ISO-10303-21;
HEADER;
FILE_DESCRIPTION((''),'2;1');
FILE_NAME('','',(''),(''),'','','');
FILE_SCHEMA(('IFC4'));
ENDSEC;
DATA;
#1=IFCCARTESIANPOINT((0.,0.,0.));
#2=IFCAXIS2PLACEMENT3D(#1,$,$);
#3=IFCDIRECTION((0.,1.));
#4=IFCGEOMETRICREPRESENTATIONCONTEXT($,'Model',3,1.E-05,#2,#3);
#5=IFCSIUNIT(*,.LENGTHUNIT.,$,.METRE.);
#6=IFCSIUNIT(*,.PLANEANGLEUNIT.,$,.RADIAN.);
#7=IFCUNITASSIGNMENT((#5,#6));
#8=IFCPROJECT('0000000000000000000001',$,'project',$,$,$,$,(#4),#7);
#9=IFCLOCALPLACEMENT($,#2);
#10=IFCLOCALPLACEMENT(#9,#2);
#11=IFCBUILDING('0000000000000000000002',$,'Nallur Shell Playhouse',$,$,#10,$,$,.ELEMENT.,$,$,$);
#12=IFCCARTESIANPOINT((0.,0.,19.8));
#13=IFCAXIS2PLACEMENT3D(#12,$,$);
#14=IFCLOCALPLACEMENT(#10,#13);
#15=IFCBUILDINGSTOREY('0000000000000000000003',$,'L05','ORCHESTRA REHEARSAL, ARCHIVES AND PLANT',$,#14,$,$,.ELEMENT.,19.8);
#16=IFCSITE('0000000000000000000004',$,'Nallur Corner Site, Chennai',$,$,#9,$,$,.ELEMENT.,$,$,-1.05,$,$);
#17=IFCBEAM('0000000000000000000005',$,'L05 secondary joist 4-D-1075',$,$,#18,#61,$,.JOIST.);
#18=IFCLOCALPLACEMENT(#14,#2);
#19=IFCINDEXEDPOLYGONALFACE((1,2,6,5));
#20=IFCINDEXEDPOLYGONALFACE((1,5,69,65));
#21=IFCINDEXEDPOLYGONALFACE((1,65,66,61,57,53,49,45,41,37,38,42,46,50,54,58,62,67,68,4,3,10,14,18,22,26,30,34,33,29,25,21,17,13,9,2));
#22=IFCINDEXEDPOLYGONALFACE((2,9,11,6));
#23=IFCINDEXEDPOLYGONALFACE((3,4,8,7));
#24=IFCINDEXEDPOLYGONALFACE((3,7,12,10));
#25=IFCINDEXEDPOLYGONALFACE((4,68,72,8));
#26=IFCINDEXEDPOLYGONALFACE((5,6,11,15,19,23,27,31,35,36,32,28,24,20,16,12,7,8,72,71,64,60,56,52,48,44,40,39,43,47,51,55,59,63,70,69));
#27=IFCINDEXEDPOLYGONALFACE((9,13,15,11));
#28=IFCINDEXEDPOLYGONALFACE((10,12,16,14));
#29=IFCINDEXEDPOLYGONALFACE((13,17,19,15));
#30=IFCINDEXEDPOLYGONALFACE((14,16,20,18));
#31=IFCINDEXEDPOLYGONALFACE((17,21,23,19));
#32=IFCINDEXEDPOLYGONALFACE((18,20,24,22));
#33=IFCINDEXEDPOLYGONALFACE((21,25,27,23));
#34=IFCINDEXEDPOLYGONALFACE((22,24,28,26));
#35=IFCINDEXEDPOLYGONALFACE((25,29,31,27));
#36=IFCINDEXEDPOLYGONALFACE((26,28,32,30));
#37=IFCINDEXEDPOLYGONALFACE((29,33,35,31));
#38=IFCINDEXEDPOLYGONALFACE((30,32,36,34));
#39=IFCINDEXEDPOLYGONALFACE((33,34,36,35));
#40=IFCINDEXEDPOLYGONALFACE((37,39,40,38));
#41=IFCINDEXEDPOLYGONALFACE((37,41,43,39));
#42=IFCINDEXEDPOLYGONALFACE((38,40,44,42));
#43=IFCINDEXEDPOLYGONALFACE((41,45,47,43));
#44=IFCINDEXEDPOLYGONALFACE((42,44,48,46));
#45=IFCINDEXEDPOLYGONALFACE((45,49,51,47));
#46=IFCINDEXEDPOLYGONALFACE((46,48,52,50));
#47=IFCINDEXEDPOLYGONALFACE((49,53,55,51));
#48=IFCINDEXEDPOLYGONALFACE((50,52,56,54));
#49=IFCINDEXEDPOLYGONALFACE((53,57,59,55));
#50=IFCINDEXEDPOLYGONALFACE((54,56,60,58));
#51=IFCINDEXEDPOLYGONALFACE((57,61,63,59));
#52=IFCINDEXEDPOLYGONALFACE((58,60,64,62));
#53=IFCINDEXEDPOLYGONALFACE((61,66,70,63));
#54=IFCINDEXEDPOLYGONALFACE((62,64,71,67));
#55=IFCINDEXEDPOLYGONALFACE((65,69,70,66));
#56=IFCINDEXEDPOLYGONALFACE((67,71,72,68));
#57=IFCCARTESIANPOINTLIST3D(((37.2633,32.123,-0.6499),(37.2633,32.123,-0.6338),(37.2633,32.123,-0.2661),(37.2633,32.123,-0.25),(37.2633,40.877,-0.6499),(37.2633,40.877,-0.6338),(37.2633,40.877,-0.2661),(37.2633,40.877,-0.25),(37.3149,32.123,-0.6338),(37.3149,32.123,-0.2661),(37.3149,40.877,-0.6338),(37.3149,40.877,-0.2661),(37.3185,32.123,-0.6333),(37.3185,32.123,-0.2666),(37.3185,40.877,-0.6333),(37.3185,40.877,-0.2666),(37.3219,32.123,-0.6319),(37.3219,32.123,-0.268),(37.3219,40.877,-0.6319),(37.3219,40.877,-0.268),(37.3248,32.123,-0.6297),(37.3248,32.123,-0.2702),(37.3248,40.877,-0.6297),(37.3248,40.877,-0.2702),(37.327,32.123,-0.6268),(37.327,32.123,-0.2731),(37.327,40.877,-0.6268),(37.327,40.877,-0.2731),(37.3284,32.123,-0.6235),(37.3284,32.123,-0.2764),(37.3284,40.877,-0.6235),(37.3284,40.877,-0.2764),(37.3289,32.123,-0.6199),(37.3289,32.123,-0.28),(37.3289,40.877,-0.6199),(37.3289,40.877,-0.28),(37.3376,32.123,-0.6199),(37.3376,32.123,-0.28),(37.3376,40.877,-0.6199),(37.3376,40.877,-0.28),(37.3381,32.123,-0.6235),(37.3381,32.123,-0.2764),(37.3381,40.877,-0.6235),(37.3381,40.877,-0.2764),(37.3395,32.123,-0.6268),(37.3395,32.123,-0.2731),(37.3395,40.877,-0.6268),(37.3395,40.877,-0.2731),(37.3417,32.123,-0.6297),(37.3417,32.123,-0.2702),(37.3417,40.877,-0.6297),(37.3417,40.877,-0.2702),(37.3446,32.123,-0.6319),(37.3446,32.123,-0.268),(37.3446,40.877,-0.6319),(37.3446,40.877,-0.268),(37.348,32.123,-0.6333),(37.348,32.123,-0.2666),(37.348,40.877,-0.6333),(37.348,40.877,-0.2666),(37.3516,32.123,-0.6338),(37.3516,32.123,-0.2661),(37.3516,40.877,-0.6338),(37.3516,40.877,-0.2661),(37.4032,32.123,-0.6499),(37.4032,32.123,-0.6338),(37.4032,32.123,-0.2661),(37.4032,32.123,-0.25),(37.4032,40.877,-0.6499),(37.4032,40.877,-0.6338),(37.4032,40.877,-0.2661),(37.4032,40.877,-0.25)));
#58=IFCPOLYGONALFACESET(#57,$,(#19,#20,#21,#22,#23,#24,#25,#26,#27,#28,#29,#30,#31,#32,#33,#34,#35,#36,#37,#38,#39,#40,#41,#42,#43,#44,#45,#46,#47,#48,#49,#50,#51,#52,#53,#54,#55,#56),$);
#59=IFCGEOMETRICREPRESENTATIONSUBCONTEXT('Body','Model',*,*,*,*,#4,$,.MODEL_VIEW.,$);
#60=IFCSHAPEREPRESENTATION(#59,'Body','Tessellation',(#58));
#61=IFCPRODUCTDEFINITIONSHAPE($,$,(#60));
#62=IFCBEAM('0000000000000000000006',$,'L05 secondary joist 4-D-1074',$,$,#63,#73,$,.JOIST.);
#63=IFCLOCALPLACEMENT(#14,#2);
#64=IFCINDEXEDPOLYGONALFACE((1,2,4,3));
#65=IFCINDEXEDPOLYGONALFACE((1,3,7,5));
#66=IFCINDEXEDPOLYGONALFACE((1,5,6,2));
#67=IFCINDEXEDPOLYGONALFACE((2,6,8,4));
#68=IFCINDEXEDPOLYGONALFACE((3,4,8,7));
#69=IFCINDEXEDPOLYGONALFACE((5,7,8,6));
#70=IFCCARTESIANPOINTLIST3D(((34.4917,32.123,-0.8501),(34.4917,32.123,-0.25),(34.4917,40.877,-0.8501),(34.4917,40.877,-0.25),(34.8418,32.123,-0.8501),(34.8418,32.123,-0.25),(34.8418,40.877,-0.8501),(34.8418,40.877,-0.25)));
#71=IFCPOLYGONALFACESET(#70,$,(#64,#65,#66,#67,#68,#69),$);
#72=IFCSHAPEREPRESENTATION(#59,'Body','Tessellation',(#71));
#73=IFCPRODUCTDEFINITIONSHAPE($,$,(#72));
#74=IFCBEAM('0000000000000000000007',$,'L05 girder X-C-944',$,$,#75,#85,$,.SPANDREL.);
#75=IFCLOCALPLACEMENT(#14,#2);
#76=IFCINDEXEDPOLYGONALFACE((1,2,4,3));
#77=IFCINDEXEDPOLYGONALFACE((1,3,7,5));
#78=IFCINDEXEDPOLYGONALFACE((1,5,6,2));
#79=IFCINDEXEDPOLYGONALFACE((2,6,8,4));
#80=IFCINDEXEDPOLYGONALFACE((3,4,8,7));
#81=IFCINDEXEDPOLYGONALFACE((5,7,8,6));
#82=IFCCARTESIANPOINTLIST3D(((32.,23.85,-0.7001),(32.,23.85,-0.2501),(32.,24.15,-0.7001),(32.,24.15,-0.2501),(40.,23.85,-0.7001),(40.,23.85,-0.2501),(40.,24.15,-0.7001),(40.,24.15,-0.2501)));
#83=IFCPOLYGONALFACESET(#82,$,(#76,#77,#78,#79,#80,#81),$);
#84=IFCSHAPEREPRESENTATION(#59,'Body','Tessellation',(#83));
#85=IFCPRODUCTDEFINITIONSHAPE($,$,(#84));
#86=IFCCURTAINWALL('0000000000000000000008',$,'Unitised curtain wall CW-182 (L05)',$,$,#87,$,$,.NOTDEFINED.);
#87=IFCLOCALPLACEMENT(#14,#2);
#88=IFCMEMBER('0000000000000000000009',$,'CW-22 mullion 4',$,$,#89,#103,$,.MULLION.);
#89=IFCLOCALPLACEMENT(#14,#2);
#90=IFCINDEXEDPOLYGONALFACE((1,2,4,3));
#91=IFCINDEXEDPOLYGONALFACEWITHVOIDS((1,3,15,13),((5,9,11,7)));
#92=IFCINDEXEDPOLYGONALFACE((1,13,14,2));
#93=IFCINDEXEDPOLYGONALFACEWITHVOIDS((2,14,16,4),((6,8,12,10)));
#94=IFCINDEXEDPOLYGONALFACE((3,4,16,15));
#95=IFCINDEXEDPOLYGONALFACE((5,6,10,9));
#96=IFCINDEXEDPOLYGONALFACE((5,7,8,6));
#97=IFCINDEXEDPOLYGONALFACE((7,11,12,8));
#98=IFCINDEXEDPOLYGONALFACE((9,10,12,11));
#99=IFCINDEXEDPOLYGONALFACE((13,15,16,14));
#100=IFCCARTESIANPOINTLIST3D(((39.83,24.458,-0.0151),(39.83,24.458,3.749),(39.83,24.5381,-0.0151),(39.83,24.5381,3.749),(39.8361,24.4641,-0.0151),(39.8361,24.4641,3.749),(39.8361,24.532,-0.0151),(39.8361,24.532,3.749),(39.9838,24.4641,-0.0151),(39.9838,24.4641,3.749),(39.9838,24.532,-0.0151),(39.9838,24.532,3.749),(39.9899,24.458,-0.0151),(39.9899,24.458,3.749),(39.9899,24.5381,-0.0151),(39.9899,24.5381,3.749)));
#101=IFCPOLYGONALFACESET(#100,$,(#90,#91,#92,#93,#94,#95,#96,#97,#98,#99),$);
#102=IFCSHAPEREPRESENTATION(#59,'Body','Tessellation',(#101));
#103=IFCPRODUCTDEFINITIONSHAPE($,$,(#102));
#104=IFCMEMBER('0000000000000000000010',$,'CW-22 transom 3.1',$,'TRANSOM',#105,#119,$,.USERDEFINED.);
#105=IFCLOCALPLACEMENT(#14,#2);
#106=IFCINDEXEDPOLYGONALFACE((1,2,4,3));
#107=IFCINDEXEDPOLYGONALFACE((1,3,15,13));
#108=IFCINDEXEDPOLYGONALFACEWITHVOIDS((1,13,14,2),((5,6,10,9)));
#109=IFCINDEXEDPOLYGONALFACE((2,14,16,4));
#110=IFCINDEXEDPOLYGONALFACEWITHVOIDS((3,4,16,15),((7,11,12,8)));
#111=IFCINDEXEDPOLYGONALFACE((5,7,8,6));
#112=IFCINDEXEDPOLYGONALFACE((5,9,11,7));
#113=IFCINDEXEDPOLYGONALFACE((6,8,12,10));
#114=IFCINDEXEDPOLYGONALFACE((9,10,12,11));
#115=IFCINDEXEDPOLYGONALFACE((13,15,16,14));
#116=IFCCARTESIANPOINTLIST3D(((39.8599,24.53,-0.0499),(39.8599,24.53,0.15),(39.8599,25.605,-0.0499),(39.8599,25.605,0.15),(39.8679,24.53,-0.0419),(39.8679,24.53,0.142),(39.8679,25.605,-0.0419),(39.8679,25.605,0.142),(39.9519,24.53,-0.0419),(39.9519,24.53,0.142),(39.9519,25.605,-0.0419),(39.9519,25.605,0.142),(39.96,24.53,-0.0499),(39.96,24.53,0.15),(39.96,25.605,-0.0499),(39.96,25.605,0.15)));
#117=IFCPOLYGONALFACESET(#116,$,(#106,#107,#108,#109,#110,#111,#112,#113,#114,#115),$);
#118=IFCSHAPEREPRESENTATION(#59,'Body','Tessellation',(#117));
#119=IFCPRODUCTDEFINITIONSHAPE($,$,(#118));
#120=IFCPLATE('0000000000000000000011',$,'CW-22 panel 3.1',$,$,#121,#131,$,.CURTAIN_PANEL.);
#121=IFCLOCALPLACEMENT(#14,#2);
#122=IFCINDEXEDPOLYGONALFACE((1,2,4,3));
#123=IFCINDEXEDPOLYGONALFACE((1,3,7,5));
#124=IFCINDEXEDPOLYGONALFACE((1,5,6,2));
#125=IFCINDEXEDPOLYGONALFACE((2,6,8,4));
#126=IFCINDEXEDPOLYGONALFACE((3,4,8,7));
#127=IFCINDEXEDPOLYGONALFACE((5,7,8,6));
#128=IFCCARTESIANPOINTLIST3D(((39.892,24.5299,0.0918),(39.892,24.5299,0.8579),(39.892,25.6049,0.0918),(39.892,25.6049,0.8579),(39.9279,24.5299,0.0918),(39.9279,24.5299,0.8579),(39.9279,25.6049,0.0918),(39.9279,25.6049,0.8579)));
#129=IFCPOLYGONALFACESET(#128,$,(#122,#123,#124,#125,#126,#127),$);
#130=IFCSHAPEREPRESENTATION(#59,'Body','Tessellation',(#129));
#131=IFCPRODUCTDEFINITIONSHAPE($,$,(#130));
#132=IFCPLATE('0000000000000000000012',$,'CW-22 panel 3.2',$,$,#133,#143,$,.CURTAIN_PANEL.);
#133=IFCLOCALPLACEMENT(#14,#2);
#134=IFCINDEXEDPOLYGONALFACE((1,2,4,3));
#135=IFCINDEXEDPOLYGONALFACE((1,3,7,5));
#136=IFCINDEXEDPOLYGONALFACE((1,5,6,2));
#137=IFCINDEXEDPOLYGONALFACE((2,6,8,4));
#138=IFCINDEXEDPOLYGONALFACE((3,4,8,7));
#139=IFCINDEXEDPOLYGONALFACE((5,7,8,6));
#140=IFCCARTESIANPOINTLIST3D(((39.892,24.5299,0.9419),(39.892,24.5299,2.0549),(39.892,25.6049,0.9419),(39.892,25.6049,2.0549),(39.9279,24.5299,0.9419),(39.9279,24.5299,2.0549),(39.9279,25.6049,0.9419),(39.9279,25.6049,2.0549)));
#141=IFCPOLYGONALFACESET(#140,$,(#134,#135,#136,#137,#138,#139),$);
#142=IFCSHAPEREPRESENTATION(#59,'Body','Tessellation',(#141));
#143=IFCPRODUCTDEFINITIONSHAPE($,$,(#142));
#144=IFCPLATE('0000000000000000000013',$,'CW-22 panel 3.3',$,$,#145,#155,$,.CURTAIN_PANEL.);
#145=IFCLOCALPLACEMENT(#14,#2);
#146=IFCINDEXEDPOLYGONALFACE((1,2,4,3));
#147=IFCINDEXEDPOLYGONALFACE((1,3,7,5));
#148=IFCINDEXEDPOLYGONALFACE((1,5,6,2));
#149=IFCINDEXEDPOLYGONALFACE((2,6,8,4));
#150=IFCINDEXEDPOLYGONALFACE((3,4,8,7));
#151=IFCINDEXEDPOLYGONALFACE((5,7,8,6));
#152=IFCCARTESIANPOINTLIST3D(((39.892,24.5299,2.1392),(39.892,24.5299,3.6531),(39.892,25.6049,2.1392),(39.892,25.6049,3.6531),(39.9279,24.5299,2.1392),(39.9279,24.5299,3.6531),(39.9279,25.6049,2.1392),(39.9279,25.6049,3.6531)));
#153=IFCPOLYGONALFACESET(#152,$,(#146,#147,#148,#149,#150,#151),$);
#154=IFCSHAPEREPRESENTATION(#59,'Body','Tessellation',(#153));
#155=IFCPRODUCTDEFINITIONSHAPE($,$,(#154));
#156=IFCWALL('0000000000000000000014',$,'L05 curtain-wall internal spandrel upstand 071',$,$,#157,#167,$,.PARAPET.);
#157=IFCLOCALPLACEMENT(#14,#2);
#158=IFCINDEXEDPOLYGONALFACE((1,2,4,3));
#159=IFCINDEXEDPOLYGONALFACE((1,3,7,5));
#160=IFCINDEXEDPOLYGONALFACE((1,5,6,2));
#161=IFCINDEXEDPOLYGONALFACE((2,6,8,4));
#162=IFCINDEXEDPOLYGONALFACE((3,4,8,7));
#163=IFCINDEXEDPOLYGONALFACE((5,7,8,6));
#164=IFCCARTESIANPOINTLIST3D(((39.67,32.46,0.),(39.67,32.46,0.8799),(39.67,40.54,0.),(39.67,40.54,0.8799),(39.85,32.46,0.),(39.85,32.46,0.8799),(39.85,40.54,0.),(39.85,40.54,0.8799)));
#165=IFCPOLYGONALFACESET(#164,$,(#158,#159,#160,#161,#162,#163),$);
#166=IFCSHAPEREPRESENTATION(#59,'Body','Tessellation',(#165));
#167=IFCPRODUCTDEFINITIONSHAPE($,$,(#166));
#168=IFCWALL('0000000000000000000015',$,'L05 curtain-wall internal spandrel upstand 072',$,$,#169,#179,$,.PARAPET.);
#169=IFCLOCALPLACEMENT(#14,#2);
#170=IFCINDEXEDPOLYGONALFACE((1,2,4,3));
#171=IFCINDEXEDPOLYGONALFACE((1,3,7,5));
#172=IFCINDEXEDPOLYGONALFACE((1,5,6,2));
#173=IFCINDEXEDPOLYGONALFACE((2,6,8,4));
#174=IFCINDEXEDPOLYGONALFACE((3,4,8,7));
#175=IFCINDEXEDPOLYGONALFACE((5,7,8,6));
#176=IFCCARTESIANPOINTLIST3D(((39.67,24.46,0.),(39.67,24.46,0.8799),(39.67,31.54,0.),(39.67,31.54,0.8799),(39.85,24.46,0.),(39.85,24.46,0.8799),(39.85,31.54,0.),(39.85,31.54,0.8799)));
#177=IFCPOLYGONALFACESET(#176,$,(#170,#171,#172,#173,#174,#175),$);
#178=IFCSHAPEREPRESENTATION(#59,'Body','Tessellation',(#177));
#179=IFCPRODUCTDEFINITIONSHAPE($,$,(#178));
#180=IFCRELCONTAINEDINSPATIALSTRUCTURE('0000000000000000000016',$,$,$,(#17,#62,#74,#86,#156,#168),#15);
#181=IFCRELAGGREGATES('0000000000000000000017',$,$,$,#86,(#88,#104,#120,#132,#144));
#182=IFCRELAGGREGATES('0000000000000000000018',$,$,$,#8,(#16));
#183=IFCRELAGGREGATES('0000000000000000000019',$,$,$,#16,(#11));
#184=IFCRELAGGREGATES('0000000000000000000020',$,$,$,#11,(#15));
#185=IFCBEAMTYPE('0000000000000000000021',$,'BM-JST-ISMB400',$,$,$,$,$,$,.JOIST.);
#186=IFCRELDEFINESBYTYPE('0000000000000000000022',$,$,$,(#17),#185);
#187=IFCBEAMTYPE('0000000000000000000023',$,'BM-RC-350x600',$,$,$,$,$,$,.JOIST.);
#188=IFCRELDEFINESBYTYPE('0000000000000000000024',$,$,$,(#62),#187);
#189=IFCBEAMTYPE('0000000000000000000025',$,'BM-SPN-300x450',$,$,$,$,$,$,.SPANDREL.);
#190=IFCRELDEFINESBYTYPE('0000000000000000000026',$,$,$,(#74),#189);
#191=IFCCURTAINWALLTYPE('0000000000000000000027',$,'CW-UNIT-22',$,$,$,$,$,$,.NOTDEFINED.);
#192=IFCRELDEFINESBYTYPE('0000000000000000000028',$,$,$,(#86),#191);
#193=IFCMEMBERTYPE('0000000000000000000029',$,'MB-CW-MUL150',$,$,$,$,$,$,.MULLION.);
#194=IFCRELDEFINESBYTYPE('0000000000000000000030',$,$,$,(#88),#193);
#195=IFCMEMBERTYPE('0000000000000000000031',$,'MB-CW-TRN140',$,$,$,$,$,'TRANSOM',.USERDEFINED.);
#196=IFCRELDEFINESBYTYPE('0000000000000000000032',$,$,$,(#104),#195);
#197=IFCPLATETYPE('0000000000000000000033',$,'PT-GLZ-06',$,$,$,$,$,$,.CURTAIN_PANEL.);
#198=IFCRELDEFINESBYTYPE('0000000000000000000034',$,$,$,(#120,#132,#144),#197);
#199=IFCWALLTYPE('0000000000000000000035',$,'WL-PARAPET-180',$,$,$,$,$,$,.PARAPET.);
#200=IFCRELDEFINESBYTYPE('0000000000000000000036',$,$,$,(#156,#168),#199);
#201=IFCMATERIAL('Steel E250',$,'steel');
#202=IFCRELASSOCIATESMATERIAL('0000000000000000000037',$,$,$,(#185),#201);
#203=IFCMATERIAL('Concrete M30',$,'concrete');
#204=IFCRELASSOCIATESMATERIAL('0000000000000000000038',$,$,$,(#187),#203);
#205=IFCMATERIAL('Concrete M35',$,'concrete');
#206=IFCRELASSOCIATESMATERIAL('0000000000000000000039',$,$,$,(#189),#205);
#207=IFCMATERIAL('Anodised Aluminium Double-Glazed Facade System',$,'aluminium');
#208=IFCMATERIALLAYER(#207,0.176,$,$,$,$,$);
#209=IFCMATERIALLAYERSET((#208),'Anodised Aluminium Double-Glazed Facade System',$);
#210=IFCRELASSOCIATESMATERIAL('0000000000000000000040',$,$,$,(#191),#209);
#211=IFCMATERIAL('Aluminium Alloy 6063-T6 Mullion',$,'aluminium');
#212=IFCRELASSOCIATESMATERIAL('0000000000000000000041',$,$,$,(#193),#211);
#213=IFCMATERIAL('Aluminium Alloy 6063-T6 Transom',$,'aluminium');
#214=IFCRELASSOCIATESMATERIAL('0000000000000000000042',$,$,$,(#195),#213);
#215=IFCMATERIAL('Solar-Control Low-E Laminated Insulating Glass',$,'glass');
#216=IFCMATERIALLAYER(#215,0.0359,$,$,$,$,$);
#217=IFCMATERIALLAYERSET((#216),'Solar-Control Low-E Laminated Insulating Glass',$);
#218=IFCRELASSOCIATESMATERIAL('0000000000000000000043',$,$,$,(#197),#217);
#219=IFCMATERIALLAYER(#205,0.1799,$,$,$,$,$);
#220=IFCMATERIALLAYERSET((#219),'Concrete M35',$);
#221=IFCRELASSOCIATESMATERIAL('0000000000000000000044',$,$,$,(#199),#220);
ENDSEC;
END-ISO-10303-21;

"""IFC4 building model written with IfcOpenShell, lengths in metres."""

from ifc_helpers import new_model, si_unit, direction, frame, frame_2d, origin, origin_2d, place, context, subcontext, project, spatial, rectangle, hollow_rectangle, i_section, extrude, material, layer, layer_set, material_profile, profile_set, type_object, element, aggregate, save


model = new_model("IFC4")

# Units and contexts
model_context = context("Model", 3, precision=1e-05, world=origin(), true_north=direction((0.0, 1.0)))
body_context = subcontext(model_context, "Body", "Model", "MODEL_VIEW")
ifc_project = project(units=[si_unit("LENGTHUNIT", "METRE"), si_unit("PLANEANGLEUNIT", "RADIAN")], contexts=[model_context])

# Site, building, storey
site_placement = place(None, origin())
site = spatial("IfcSite", under=ifc_project, at=site_placement, Name="Nallur Corner Site, Chennai", CompositionType="ELEMENT", RefElevation=-1.05)
building_placement = place(site_placement, origin())
building = spatial("IfcBuilding", under=site, at=building_placement, Name="Nallur Shell Playhouse", CompositionType="ELEMENT")
storey_placement = place(building_placement, frame((0.0, 0.0, 19.8)))
storey = spatial("IfcBuildingStorey", under=building, at=storey_placement, Name="L05", Description="ORCHESTRA REHEARSAL, ARCHIVES AND PLANT", CompositionType="ELEMENT", Elevation=19.8)

# Beams
ifc_material_1 = material(Name="Steel E250", Category="steel")
ifc_material_profile_1 = material_profile(ifc_material_1, i_section(OverallWidth=0.1399, OverallDepth=0.3999, WebThickness=0.0088, FlangeThickness=0.0161, FilletRadius=0.0139, at=origin_2d()), Name="ISMB 400")
ifc_profile_set_1 = profile_set([ifc_material_profile_1], Name="Steel E250")
beam_type_1 = type_object("IfcBeamType", Name="BM-JST-ISMB400", PredefinedType="JOIST", material=ifc_profile_set_1)
beam_1_placement = place(storey_placement, frame((37.3333, 32.123, -0.45), z_axis=(0.0, 1.0, 0.0), x_axis=(-1.0, 0.0, 0.0)))
element("IfcBeam", 1, at=beam_1_placement, inside=storey, type_object=beam_type_1, Name="L05 secondary joist 4-D-1075", PredefinedType="JOIST", context=body_context, shape_type="SweptSolid", body=[
    extrude(i_section(OverallWidth=0.1399, OverallDepth=0.3999, WebThickness=0.0088, FlangeThickness=0.0161, FilletRadius=0.0139, at=origin_2d()), origin(), (0.0, 0.0, 1.0), 8.7539),
])
ifc_material_2 = material(Name="Concrete M30", Category="concrete")
ifc_material_profile_2 = material_profile(ifc_material_2, rectangle(XDim=0.3501, YDim=0.6001, at=origin_2d()), Name="RC 350x600")
ifc_profile_set_2 = profile_set([ifc_material_profile_2], Name="Concrete M30")
beam_type_2 = type_object("IfcBeamType", Name="BM-RC-350x600", PredefinedType="JOIST", material=ifc_profile_set_2)
beam_2_placement = place(storey_placement, frame((34.6667, 32.123, -0.55), z_axis=(0.0, 1.0, 0.0), x_axis=(-1.0, 0.0, 0.0)))
element("IfcBeam", 2, at=beam_2_placement, inside=storey, type_object=beam_type_2, Name="L05 secondary joist 4-D-1074", PredefinedType="JOIST", context=body_context, shape_type="SweptSolid", body=[
    extrude(rectangle(XDim=0.3501, YDim=0.6001, at=origin_2d()), origin(), (0.0, 0.0, 1.0), 8.7539),
])
ifc_material_3 = material(Name="Concrete M35", Category="concrete")
ifc_material_profile_3 = material_profile(ifc_material_3, rectangle(XDim=0.3, YDim=0.45, at=origin_2d()), Name="RC 300x450")
ifc_profile_set_3 = profile_set([ifc_material_profile_3], Name="Concrete M35")
beam_type_3 = type_object("IfcBeamType", Name="BM-SPN-300x450", PredefinedType="SPANDREL", material=ifc_profile_set_3)
beam_3_placement = place(storey_placement, frame((32.0, 24.0, -0.4751), z_axis=(1.0, 0.0, 0.0), x_axis=(0.0, 1.0, 0.0)))
element("IfcBeam", 3, at=beam_3_placement, inside=storey, type_object=beam_type_3, Name="L05 girder X-C-944", PredefinedType="SPANDREL", context=body_context, shape_type="SweptSolid", body=[
    extrude(rectangle(XDim=0.3, YDim=0.45, at=origin_2d()), origin(), (0.0, 0.0, 1.0), 8.0),
])

# Curtain wall, members, plates
ifc_material_4 = material(Name="Anodised Aluminium Double-Glazed Facade System", Category="aluminium")
ifc_layer_1 = layer(ifc_material_4, 0.176)
ifc_layer_set_1 = layer_set([ifc_layer_1], Name="Anodised Aluminium Double-Glazed Facade System")
curtain_wall_type = type_object("IfcCurtainWallType", Name="CW-UNIT-22", PredefinedType="NOTDEFINED", material=ifc_layer_set_1)
curtain_wall_placement = place(storey_placement, origin())
curtain_wall = element("IfcCurtainWall", 4, at=curtain_wall_placement, inside=storey, type_object=curtain_wall_type, Name="Unitised curtain wall CW-182 (L05)", PredefinedType="NOTDEFINED")
ifc_material_5 = material(Name="Aluminium Alloy 6063-T6 Mullion", Category="aluminium")
ifc_material_profile_4 = material_profile(ifc_material_5, hollow_rectangle(XDim=0.0801, YDim=0.1599, WallThickness=0.0061, at=origin_2d()), Name="RHS 160x80x6")
ifc_profile_set_4 = profile_set([ifc_material_profile_4], Name="Aluminium Alloy 6063-T6 Mullion")
member_type_1 = type_object("IfcMemberType", Name="MB-CW-MUL150", PredefinedType="MULLION", material=ifc_profile_set_4)
member_1_placement = place(storey_placement, frame((39.9099, 24.498, -0.0151), z_axis=(0.0, 0.0, 1.0), x_axis=(0.0, -1.0, 0.0)))
member_1 = element("IfcMember", 5, at=member_1_placement, type_object=member_type_1, Name="CW-22 mullion 4", PredefinedType="MULLION", context=body_context, shape_type="SweptSolid", body=[
    extrude(hollow_rectangle(XDim=0.0801, YDim=0.1599, WallThickness=0.0061, at=origin_2d()), origin(), (0.0, 0.0, 1.0), 3.7642),
])
ifc_material_6 = material(Name="Aluminium Alloy 6063-T6 Transom", Category="aluminium")
ifc_material_profile_5 = material_profile(ifc_material_6, hollow_rectangle(XDim=0.1001, YDim=0.2, WallThickness=0.0081, at=origin_2d()), Name="RHS 200x100x8")
ifc_profile_set_5 = profile_set([ifc_material_profile_5], Name="Aluminium Alloy 6063-T6 Transom")
member_type_2 = type_object("IfcMemberType", Name="MB-CW-TRN140", ElementType="TRANSOM", PredefinedType="USERDEFINED", material=ifc_profile_set_5)
member_2_placement = place(storey_placement, frame((39.9099, 25.605, 0.05), z_axis=(0.0, -1.0, 0.0), x_axis=(1.0, 0.0, 0.0)))
member_2 = element("IfcMember", 6, at=member_2_placement, type_object=member_type_2, Name="CW-22 transom 3.1", ObjectType="TRANSOM", PredefinedType="USERDEFINED", context=body_context, shape_type="SweptSolid", body=[
    extrude(hollow_rectangle(XDim=0.1001, YDim=0.2, WallThickness=0.0081, at=origin_2d()), origin(), (0.0, 0.0, 1.0), 1.075),
])
ifc_material_7 = material(Name="Solar-Control Low-E Laminated Insulating Glass", Category="glass")
ifc_layer_2 = layer(ifc_material_7, 0.0359)
ifc_layer_set_2 = layer_set([ifc_layer_2], Name="Solar-Control Low-E Laminated Insulating Glass")
plate_type = type_object("IfcPlateType", Name="PT-GLZ-06", PredefinedType="CURTAIN_PANEL", material=ifc_layer_set_2)
plate_1_placement = place(storey_placement, frame((39.9099, 25.0674, 0.0918), z_axis=(0.0, 0.0, 1.0), x_axis=(0.0, -1.0, 0.0)))
plate_1 = element("IfcPlate", 7, at=plate_1_placement, type_object=plate_type, Name="CW-22 panel 3.1", PredefinedType="CURTAIN_PANEL", context=body_context, shape_type="SweptSolid", body=[
    extrude(rectangle(XDim=1.075, YDim=0.0359, at=origin_2d()), origin(), (0.0, 0.0, 1.0), 0.7661),
])
plate_2_placement = place(storey_placement, frame((39.9099, 25.0674, 0.9419), z_axis=(0.0, 0.0, 1.0), x_axis=(0.0, -1.0, 0.0)))
plate_2 = element("IfcPlate", 8, at=plate_2_placement, type_object=plate_type, Name="CW-22 panel 3.2", PredefinedType="CURTAIN_PANEL", context=body_context, shape_type="SweptSolid", body=[
    extrude(rectangle(XDim=1.075, YDim=0.0359, at=origin_2d()), origin(), (0.0, 0.0, 1.0), 1.113),
])
plate_3_placement = place(storey_placement, frame((39.9099, 25.0674, 2.1392), z_axis=(0.0, 0.0, 1.0), x_axis=(0.0, -1.0, 0.0)))
plate_3 = element("IfcPlate", 9, at=plate_3_placement, type_object=plate_type, Name="CW-22 panel 3.3", PredefinedType="CURTAIN_PANEL", context=body_context, shape_type="SweptSolid", body=[
    extrude(rectangle(XDim=1.075, YDim=0.0359, at=origin_2d()), origin(), (0.0, 0.0, 1.0), 1.5139),
])
aggregate(curtain_wall, [member_1, member_2, plate_1, plate_2, plate_3])

# Walls
ifc_layer_3 = layer(ifc_material_3, 0.1799)
ifc_layer_set_3 = layer_set([ifc_layer_3], Name="Concrete M35")
wall_type_1 = type_object("IfcWallType", Name="WL-PARAPET-180", PredefinedType="PARAPET", material=ifc_layer_set_3)
wall_1_placement = place(storey_placement, frame((39.76, 40.54, 0.0), z_axis=(0.0, 0.0, 1.0), x_axis=(0.0, -1.0, 0.0)))
element("IfcWall", 10, at=wall_1_placement, inside=storey, type_object=wall_type_1, Name="L05 curtain-wall internal spandrel upstand 071", PredefinedType="PARAPET", context=body_context, shape_type="SweptSolid", body=[
    extrude(rectangle(XDim=8.0801, YDim=0.1799, at=frame_2d((4.04, 0.0))), origin(), (0.0, 0.0, 1.0), 0.8799),
])
wall_2_placement = place(storey_placement, frame((39.76, 31.54, 0.0), z_axis=(0.0, 0.0, 1.0), x_axis=(0.0, -1.0, 0.0)))
element("IfcWall", 11, at=wall_2_placement, inside=storey, type_object=wall_type_1, Name="L05 curtain-wall internal spandrel upstand 072", PredefinedType="PARAPET", context=body_context, shape_type="SweptSolid", body=[
    extrude(rectangle(XDim=7.0801, YDim=0.1799, at=frame_2d((3.54, 0.0))), origin(), (0.0, 0.0, 1.0), 0.8799),
])

save(model, "model.ifc")
